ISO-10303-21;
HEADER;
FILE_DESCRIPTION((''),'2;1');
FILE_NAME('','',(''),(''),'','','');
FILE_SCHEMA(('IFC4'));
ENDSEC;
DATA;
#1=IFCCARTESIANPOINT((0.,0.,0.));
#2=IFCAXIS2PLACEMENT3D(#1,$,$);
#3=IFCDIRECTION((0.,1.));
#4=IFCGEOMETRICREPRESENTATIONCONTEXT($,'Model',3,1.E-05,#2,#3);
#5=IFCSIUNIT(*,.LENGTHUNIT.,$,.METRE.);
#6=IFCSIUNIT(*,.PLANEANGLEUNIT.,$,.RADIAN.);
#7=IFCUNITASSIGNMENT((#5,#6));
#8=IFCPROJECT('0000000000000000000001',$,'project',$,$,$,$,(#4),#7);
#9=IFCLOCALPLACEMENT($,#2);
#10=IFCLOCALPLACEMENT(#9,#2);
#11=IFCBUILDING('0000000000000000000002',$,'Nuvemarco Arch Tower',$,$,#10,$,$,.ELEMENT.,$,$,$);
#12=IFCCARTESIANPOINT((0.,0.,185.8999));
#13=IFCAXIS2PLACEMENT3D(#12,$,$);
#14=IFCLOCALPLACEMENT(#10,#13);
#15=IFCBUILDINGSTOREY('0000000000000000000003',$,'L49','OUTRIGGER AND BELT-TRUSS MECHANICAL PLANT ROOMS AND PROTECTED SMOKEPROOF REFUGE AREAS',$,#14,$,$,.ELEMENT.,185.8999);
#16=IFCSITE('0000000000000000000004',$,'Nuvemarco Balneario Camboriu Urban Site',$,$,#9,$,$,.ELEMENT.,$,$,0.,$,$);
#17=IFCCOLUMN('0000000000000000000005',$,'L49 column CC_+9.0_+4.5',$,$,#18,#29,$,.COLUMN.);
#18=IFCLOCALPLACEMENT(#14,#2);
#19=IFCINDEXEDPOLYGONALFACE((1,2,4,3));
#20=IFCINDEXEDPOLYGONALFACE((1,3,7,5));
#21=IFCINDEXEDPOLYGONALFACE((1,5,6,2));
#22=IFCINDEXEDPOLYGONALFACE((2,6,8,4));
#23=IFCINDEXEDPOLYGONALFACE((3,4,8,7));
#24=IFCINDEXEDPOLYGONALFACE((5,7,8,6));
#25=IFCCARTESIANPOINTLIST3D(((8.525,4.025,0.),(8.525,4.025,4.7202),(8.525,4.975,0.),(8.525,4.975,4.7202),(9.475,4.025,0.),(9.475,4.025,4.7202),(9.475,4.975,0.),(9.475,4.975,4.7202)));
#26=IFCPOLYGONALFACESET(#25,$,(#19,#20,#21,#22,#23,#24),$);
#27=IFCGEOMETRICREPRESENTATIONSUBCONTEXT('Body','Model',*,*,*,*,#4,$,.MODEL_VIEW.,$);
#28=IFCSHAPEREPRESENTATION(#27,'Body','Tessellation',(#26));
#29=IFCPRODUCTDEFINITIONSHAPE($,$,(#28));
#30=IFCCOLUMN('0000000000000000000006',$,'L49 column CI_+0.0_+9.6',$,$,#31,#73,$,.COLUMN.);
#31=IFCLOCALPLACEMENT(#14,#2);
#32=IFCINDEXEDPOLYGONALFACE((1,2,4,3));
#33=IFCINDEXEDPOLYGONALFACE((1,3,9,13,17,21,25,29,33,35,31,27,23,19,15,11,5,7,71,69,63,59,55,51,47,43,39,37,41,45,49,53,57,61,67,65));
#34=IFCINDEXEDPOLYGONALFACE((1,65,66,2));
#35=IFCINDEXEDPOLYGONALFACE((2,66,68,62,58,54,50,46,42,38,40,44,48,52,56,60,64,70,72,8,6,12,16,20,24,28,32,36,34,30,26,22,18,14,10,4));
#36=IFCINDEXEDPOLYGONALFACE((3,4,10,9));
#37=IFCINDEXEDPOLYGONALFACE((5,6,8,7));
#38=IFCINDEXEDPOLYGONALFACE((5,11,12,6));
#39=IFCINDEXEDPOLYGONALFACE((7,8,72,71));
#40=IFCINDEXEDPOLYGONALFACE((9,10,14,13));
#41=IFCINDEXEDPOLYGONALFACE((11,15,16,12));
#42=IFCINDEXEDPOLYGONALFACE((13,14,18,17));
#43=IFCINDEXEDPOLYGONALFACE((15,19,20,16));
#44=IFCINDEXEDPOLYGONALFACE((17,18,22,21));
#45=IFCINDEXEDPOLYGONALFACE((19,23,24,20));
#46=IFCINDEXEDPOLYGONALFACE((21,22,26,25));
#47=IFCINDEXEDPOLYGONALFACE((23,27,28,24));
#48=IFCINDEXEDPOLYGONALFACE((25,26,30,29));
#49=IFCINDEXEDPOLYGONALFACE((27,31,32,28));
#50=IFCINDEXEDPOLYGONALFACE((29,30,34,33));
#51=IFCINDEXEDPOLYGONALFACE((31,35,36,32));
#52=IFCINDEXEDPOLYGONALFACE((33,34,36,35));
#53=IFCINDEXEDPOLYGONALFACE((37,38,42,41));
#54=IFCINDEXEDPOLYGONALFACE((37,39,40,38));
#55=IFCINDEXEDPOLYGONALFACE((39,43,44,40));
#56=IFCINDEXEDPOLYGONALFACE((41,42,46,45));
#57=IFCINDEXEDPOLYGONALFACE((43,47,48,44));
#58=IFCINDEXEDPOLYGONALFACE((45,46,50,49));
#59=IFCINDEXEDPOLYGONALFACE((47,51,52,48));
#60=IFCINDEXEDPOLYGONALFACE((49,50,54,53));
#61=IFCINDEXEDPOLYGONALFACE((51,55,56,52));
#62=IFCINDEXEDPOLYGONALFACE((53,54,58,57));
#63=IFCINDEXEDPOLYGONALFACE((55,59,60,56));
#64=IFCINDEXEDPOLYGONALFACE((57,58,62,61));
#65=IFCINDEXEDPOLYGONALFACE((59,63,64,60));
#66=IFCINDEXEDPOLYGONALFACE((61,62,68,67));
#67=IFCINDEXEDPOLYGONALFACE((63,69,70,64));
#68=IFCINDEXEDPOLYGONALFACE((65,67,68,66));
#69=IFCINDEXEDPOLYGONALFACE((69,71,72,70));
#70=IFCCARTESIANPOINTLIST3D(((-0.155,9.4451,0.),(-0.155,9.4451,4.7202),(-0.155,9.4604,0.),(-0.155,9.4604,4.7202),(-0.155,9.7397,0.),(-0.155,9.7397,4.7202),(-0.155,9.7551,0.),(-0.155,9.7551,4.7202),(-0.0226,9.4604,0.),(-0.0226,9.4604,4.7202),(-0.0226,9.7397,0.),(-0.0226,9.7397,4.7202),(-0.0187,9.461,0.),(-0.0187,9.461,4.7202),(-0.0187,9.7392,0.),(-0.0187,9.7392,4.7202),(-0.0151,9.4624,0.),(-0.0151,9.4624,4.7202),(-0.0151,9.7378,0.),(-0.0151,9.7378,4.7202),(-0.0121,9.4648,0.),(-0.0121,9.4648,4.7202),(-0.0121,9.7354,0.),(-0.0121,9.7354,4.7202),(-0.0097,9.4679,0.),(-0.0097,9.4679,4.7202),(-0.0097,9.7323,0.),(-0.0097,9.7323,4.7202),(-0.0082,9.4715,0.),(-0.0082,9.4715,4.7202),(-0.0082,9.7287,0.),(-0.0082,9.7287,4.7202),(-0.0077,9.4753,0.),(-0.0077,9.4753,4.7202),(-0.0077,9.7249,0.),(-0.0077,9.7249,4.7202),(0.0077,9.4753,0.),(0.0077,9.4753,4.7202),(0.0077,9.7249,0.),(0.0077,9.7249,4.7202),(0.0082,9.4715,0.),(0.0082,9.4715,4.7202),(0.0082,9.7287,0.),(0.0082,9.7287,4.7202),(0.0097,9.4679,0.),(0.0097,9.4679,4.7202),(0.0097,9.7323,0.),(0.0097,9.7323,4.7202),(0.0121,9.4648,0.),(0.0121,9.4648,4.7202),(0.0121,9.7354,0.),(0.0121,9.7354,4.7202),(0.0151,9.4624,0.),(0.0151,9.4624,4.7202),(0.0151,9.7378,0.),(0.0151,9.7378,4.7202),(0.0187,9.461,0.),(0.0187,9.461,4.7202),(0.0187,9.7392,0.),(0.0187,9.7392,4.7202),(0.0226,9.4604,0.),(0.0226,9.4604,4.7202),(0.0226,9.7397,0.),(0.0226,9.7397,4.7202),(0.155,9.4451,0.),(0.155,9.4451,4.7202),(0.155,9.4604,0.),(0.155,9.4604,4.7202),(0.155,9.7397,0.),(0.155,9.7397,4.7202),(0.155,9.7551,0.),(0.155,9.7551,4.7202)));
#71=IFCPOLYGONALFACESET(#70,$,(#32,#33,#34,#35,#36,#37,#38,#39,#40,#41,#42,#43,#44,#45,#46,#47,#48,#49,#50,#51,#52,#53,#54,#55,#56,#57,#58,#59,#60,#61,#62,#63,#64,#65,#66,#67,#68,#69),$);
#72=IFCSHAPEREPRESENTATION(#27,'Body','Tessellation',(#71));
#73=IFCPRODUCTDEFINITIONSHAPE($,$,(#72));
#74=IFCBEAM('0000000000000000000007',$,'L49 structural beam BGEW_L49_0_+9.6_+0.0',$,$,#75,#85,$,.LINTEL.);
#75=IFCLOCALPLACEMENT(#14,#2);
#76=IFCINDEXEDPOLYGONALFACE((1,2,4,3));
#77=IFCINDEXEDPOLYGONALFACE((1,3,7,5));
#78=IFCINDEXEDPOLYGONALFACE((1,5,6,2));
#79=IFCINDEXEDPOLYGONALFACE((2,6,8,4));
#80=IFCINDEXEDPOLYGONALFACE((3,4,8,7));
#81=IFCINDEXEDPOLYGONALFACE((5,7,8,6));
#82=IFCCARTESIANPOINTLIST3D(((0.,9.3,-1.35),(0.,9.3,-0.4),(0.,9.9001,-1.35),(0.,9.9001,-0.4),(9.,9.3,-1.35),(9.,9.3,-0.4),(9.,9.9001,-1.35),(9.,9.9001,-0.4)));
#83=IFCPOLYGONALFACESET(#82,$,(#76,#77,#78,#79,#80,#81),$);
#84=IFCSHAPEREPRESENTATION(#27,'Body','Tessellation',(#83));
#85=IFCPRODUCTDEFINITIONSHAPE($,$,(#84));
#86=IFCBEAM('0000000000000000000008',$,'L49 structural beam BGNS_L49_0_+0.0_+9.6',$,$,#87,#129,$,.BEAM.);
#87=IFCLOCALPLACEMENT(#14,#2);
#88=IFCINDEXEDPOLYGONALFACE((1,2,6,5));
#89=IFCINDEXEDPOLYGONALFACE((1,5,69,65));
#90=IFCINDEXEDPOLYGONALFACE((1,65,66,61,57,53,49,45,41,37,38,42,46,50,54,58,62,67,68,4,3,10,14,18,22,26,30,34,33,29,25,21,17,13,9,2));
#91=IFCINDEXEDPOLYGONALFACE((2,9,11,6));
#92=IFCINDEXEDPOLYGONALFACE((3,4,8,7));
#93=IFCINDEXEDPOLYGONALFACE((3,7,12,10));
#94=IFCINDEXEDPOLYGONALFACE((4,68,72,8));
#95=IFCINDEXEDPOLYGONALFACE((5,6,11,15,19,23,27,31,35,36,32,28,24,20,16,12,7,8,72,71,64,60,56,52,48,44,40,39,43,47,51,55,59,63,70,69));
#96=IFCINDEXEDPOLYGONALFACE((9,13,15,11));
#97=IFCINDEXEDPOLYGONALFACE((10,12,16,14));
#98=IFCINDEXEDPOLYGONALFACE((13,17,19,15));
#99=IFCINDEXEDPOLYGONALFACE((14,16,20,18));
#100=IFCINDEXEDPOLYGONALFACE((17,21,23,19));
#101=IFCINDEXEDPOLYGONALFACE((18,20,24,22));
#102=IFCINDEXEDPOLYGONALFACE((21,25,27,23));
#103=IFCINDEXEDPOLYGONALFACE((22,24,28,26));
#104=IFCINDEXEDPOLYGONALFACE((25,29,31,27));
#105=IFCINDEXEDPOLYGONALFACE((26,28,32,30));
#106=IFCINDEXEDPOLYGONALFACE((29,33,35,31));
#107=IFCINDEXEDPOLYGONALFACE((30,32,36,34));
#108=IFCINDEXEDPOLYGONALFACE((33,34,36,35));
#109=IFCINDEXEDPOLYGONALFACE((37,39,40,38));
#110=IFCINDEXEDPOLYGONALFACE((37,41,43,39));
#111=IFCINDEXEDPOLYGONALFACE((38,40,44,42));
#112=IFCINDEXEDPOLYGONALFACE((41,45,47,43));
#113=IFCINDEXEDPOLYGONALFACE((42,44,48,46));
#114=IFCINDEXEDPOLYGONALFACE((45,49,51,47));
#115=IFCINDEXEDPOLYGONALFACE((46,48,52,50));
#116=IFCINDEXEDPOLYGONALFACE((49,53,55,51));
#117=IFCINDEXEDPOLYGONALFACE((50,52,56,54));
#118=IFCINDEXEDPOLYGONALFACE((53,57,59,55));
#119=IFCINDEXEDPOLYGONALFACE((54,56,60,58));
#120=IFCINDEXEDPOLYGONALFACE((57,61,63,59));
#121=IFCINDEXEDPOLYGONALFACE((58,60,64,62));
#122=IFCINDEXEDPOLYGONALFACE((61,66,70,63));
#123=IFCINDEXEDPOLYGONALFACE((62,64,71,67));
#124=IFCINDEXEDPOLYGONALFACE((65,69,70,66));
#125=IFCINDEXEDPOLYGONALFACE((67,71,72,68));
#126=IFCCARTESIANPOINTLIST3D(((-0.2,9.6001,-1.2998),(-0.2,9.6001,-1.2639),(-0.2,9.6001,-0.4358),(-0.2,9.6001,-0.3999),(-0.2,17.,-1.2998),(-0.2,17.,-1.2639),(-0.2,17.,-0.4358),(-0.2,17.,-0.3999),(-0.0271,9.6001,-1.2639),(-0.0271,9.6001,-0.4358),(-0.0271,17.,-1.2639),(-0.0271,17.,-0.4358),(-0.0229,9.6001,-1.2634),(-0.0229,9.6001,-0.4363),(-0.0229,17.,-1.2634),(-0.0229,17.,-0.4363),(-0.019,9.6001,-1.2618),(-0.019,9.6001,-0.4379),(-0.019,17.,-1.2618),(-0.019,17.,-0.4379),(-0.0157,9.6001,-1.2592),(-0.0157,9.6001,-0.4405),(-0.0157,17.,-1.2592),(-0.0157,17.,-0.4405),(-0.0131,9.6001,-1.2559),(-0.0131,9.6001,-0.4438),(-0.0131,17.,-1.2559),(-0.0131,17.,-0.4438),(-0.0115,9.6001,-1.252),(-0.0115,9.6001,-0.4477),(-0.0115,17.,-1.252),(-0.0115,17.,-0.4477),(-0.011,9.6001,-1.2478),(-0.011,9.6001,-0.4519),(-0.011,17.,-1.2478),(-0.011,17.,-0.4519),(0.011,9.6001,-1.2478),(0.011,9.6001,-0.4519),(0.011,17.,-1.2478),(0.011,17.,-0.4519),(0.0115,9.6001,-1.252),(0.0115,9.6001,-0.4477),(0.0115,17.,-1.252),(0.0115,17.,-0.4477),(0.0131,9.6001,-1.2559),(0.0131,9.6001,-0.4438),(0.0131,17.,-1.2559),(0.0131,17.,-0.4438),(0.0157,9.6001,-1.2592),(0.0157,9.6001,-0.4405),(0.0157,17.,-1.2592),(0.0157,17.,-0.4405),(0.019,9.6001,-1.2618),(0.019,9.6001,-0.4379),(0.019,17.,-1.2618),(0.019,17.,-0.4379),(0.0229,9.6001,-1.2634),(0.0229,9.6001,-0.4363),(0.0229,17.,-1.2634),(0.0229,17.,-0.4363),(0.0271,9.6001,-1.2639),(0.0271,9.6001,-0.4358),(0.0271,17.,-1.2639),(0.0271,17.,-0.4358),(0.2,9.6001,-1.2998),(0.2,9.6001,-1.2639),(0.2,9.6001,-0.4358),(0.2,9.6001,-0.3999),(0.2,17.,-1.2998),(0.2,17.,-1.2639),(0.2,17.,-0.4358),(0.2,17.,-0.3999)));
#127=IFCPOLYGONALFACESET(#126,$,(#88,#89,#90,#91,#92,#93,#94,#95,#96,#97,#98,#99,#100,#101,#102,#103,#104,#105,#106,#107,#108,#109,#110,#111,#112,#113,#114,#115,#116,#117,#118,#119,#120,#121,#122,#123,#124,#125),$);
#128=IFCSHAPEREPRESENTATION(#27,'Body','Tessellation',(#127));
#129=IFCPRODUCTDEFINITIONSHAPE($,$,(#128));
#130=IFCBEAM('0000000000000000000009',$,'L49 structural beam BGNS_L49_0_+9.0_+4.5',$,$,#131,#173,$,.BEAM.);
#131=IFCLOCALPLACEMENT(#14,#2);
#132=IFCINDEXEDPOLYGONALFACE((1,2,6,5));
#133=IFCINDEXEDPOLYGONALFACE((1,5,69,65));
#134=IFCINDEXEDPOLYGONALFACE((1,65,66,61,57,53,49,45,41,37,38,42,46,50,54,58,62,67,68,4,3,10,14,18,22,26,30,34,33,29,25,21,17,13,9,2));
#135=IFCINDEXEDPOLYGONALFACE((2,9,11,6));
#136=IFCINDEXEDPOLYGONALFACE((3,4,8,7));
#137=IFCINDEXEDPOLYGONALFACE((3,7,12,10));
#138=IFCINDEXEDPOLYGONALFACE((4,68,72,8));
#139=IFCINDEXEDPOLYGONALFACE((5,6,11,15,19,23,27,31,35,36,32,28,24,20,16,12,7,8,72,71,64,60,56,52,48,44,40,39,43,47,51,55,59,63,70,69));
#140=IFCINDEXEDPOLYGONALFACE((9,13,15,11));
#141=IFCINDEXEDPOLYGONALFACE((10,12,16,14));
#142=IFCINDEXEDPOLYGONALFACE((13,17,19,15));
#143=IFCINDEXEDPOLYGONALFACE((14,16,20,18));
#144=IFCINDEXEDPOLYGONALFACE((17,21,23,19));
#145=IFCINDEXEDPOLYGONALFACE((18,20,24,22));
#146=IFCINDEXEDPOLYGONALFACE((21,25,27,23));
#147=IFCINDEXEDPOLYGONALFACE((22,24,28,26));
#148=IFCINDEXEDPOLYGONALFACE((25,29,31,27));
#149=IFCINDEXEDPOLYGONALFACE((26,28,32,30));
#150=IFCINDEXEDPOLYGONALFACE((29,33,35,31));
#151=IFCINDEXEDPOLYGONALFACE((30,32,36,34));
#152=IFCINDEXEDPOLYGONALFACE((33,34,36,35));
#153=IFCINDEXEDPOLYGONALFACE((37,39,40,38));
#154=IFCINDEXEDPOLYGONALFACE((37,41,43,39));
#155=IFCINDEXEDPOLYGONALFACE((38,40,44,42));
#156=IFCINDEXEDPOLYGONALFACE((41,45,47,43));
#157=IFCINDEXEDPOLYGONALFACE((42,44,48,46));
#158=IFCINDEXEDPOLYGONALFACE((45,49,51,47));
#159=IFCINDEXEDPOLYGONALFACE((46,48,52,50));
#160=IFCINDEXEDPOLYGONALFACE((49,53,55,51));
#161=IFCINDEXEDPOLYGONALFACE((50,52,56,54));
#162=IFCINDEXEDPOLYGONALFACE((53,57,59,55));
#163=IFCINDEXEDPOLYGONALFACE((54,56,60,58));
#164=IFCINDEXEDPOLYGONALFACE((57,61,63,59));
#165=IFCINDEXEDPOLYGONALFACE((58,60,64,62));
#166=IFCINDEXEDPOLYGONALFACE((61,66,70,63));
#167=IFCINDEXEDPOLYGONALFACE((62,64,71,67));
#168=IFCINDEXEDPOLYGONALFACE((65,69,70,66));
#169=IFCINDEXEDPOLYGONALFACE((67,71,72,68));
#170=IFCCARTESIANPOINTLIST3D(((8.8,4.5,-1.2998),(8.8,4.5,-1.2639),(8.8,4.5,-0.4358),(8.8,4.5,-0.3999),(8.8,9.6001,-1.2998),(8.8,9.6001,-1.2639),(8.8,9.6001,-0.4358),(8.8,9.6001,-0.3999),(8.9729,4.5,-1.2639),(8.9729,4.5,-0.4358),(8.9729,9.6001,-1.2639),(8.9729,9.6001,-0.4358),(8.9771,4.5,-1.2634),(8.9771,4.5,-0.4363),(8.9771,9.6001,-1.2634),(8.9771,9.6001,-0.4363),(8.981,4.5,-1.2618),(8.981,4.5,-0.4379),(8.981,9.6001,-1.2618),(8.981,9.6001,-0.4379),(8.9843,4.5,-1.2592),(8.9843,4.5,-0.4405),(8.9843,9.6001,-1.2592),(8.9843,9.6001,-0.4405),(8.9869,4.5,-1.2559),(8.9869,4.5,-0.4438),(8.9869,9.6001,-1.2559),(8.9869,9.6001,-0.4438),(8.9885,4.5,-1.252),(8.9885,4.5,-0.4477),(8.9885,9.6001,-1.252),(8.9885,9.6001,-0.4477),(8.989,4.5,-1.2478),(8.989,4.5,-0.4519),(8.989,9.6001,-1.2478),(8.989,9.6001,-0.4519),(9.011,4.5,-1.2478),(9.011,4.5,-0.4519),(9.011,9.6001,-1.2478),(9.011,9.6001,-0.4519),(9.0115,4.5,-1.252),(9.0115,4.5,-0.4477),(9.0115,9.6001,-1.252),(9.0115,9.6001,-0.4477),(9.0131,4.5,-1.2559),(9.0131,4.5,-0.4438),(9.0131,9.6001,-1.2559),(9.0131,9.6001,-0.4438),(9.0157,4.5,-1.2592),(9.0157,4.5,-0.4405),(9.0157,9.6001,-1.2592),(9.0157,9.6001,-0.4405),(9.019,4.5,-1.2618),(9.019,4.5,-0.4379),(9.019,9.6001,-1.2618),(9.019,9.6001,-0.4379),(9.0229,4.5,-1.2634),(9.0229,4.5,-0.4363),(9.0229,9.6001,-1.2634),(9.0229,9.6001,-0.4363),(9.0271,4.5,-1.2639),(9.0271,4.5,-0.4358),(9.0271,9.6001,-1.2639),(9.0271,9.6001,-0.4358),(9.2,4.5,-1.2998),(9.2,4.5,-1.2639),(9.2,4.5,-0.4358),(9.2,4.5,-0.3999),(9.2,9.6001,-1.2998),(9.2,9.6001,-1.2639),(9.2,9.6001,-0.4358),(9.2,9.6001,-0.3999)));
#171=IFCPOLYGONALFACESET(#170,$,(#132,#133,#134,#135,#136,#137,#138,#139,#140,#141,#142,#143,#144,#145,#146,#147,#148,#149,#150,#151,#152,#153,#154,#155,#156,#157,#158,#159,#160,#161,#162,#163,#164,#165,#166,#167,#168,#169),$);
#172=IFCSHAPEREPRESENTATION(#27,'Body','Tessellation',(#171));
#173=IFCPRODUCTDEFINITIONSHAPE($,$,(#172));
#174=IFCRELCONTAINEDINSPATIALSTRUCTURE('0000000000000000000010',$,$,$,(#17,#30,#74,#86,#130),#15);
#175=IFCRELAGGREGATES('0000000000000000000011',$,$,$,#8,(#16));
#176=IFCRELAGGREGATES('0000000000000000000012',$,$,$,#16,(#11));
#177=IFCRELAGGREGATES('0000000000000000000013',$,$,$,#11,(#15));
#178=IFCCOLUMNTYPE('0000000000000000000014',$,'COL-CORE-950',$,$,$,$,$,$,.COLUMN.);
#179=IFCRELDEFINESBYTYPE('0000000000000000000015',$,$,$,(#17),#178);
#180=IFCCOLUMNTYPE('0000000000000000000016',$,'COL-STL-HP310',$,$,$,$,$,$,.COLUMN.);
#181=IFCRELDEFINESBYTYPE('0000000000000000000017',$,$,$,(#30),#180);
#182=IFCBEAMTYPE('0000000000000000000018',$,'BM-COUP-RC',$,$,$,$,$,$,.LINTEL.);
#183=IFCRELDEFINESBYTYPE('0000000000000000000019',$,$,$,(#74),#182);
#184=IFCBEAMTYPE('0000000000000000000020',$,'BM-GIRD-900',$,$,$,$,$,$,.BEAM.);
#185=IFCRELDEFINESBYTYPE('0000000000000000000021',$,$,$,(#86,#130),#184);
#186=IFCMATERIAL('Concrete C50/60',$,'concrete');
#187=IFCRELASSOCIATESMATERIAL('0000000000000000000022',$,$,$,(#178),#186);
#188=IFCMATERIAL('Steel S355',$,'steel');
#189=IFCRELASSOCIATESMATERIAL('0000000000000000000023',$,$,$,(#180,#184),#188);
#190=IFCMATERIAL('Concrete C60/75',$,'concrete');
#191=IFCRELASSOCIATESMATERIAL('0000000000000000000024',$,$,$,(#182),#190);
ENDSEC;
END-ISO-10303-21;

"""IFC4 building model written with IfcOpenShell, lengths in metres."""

from ifc_helpers import new_model, si_unit, direction, frame, origin, origin_2d, place, context, subcontext, project, spatial, rectangle, i_section, extrude, material, material_profile, profile_set, type_object, element, save


model = new_model("IFC4")

# Units and contexts
model_context = context("Model", 3, precision=1e-05, world=origin(), true_north=direction((0.0, 1.0)))
body_context = subcontext(model_context, "Body", "Model", "MODEL_VIEW")
ifc_project = project(units=[si_unit("LENGTHUNIT", "METRE"), si_unit("PLANEANGLEUNIT", "RADIAN")], contexts=[model_context])

# Site, building, storey
site_placement = place(None, origin())
site = spatial("IfcSite", under=ifc_project, at=site_placement, Name="Nuvemarco Balneario Camboriu Urban Site", CompositionType="ELEMENT", RefElevation=0.0)
building_placement = place(site_placement, origin())
building = spatial("IfcBuilding", under=site, at=building_placement, Name="Nuvemarco Arch Tower", CompositionType="ELEMENT")
storey_placement = place(building_placement, frame((0.0, 0.0, 185.8999)))
storey = spatial("IfcBuildingStorey", under=building, at=storey_placement, Name="L49", Description="OUTRIGGER AND BELT-TRUSS MECHANICAL PLANT ROOMS AND PROTECTED SMOKEPROOF REFUGE AREAS", CompositionType="ELEMENT", Elevation=185.8999)

# Columns
ifc_material_1 = material(Name="Concrete C50/60", Category="concrete")
ifc_material_profile_1 = material_profile(ifc_material_1, rectangle(XDim=0.95, YDim=0.95, at=origin_2d()), Name="RC-COL-950x950")
ifc_profile_set_1 = profile_set([ifc_material_profile_1], Name="Concrete C50/60")
column_type_1 = type_object("IfcColumnType", Name="COL-CORE-950", PredefinedType="COLUMN", material=ifc_profile_set_1)
column_1_placement = place(storey_placement, frame((9.0, 4.5, 0.0), z_axis=(0.0, 0.0, 1.0), x_axis=(1.0, 0.0, 0.0)))
element("IfcColumn", 1, at=column_1_placement, inside=storey, type_object=column_type_1, Name="L49 column CC_+9.0_+4.5", PredefinedType="COLUMN", context=body_context, shape_type="SweptSolid", body=[
    extrude(rectangle(XDim=0.95, YDim=0.95, at=origin_2d()), origin(), (0.0, 0.0, 1.0), 4.7202),
])
ifc_material_2 = material(Name="Steel S355", Category="steel")
ifc_material_profile_2 = material_profile(ifc_material_2, i_section(OverallWidth=0.3101, OverallDepth=0.3101, WebThickness=0.0154, FlangeThickness=0.0154, FilletRadius=0.0149, at=origin_2d()), Name="HP310x110")
ifc_profile_set_2 = profile_set([ifc_material_profile_2], Name="Steel S355")
column_type_2 = type_object("IfcColumnType", Name="COL-STL-HP310", PredefinedType="COLUMN", material=ifc_profile_set_2)
column_2_placement = place(storey_placement, frame((0.0, 9.6001, 0.0), z_axis=(0.0, 0.0, 1.0), x_axis=(1.0, 0.0, 0.0)))
element("IfcColumn", 2, at=column_2_placement, inside=storey, type_object=column_type_2, Name="L49 column CI_+0.0_+9.6", PredefinedType="COLUMN", context=body_context, shape_type="SweptSolid", body=[
    extrude(i_section(OverallWidth=0.3101, OverallDepth=0.3101, WebThickness=0.0154, FlangeThickness=0.0154, FilletRadius=0.0149, at=origin_2d()), origin(), (0.0, 0.0, 1.0), 4.7202),
])

# Beams
ifc_material_3 = material(Name="Concrete C60/75", Category="concrete")
ifc_material_profile_3 = material_profile(ifc_material_3, rectangle(XDim=0.6001, YDim=0.95, at=origin_2d()), Name="RC-BM-600x950")
ifc_profile_set_3 = profile_set([ifc_material_profile_3], Name="Concrete C60/75")
beam_type_1 = type_object("IfcBeamType", Name="BM-COUP-RC", PredefinedType="LINTEL", material=ifc_profile_set_3)
beam_1_placement = place(storey_placement, frame((0.0, 9.6001, -0.875), z_axis=(1.0, 0.0, 0.0), x_axis=(0.0, 1.0, 0.0)))
element("IfcBeam", 3, at=beam_1_placement, inside=storey, type_object=beam_type_1, Name="L49 structural beam BGEW_L49_0_+9.6_+0.0", PredefinedType="LINTEL", context=body_context, shape_type="SweptSolid", body=[
    extrude(rectangle(XDim=0.6001, YDim=0.95, at=origin_2d()), origin(), (0.0, 0.0, 1.0), 9.0),
])
ifc_material_profile_4 = material_profile(ifc_material_2, i_section(OverallWidth=0.3999, OverallDepth=0.8999, WebThickness=0.022, FlangeThickness=0.0359, FilletRadius=0.0161, at=origin_2d()), Name="PG900x400")
ifc_profile_set_4 = profile_set([ifc_material_profile_4], Name="Steel S355")
beam_type_2 = type_object("IfcBeamType", Name="BM-GIRD-900", PredefinedType="BEAM", material=ifc_profile_set_4)
beam_2_placement = place(storey_placement, frame((0.0, 9.6001, -0.8499), z_axis=(0.0, 1.0, 0.0), x_axis=(-1.0, 0.0, 0.0)))
element("IfcBeam", 4, at=beam_2_placement, inside=storey, type_object=beam_type_2, Name="L49 structural beam BGNS_L49_0_+0.0_+9.6", PredefinedType="BEAM", context=body_context, shape_type="SweptSolid", body=[
    extrude(i_section(OverallWidth=0.3999, OverallDepth=0.8999, WebThickness=0.022, FlangeThickness=0.0359, FilletRadius=0.0161, at=origin_2d()), origin(), (0.0, 0.0, 1.0), 7.3999),
])
beam_3_placement = place(storey_placement, frame((9.0, 4.5, -0.8499), z_axis=(0.0, 1.0, 0.0), x_axis=(-1.0, 0.0, 0.0)))
element("IfcBeam", 5, at=beam_3_placement, inside=storey, type_object=beam_type_2, Name="L49 structural beam BGNS_L49_0_+9.0_+4.5", PredefinedType="BEAM", context=body_context, shape_type="SweptSolid", body=[
    extrude(i_section(OverallWidth=0.3999, OverallDepth=0.8999, WebThickness=0.022, FlangeThickness=0.0359, FilletRadius=0.0161, at=origin_2d()), origin(), (0.0, 0.0, 1.0), 5.1001),
])

save(model, "model.ifc")
